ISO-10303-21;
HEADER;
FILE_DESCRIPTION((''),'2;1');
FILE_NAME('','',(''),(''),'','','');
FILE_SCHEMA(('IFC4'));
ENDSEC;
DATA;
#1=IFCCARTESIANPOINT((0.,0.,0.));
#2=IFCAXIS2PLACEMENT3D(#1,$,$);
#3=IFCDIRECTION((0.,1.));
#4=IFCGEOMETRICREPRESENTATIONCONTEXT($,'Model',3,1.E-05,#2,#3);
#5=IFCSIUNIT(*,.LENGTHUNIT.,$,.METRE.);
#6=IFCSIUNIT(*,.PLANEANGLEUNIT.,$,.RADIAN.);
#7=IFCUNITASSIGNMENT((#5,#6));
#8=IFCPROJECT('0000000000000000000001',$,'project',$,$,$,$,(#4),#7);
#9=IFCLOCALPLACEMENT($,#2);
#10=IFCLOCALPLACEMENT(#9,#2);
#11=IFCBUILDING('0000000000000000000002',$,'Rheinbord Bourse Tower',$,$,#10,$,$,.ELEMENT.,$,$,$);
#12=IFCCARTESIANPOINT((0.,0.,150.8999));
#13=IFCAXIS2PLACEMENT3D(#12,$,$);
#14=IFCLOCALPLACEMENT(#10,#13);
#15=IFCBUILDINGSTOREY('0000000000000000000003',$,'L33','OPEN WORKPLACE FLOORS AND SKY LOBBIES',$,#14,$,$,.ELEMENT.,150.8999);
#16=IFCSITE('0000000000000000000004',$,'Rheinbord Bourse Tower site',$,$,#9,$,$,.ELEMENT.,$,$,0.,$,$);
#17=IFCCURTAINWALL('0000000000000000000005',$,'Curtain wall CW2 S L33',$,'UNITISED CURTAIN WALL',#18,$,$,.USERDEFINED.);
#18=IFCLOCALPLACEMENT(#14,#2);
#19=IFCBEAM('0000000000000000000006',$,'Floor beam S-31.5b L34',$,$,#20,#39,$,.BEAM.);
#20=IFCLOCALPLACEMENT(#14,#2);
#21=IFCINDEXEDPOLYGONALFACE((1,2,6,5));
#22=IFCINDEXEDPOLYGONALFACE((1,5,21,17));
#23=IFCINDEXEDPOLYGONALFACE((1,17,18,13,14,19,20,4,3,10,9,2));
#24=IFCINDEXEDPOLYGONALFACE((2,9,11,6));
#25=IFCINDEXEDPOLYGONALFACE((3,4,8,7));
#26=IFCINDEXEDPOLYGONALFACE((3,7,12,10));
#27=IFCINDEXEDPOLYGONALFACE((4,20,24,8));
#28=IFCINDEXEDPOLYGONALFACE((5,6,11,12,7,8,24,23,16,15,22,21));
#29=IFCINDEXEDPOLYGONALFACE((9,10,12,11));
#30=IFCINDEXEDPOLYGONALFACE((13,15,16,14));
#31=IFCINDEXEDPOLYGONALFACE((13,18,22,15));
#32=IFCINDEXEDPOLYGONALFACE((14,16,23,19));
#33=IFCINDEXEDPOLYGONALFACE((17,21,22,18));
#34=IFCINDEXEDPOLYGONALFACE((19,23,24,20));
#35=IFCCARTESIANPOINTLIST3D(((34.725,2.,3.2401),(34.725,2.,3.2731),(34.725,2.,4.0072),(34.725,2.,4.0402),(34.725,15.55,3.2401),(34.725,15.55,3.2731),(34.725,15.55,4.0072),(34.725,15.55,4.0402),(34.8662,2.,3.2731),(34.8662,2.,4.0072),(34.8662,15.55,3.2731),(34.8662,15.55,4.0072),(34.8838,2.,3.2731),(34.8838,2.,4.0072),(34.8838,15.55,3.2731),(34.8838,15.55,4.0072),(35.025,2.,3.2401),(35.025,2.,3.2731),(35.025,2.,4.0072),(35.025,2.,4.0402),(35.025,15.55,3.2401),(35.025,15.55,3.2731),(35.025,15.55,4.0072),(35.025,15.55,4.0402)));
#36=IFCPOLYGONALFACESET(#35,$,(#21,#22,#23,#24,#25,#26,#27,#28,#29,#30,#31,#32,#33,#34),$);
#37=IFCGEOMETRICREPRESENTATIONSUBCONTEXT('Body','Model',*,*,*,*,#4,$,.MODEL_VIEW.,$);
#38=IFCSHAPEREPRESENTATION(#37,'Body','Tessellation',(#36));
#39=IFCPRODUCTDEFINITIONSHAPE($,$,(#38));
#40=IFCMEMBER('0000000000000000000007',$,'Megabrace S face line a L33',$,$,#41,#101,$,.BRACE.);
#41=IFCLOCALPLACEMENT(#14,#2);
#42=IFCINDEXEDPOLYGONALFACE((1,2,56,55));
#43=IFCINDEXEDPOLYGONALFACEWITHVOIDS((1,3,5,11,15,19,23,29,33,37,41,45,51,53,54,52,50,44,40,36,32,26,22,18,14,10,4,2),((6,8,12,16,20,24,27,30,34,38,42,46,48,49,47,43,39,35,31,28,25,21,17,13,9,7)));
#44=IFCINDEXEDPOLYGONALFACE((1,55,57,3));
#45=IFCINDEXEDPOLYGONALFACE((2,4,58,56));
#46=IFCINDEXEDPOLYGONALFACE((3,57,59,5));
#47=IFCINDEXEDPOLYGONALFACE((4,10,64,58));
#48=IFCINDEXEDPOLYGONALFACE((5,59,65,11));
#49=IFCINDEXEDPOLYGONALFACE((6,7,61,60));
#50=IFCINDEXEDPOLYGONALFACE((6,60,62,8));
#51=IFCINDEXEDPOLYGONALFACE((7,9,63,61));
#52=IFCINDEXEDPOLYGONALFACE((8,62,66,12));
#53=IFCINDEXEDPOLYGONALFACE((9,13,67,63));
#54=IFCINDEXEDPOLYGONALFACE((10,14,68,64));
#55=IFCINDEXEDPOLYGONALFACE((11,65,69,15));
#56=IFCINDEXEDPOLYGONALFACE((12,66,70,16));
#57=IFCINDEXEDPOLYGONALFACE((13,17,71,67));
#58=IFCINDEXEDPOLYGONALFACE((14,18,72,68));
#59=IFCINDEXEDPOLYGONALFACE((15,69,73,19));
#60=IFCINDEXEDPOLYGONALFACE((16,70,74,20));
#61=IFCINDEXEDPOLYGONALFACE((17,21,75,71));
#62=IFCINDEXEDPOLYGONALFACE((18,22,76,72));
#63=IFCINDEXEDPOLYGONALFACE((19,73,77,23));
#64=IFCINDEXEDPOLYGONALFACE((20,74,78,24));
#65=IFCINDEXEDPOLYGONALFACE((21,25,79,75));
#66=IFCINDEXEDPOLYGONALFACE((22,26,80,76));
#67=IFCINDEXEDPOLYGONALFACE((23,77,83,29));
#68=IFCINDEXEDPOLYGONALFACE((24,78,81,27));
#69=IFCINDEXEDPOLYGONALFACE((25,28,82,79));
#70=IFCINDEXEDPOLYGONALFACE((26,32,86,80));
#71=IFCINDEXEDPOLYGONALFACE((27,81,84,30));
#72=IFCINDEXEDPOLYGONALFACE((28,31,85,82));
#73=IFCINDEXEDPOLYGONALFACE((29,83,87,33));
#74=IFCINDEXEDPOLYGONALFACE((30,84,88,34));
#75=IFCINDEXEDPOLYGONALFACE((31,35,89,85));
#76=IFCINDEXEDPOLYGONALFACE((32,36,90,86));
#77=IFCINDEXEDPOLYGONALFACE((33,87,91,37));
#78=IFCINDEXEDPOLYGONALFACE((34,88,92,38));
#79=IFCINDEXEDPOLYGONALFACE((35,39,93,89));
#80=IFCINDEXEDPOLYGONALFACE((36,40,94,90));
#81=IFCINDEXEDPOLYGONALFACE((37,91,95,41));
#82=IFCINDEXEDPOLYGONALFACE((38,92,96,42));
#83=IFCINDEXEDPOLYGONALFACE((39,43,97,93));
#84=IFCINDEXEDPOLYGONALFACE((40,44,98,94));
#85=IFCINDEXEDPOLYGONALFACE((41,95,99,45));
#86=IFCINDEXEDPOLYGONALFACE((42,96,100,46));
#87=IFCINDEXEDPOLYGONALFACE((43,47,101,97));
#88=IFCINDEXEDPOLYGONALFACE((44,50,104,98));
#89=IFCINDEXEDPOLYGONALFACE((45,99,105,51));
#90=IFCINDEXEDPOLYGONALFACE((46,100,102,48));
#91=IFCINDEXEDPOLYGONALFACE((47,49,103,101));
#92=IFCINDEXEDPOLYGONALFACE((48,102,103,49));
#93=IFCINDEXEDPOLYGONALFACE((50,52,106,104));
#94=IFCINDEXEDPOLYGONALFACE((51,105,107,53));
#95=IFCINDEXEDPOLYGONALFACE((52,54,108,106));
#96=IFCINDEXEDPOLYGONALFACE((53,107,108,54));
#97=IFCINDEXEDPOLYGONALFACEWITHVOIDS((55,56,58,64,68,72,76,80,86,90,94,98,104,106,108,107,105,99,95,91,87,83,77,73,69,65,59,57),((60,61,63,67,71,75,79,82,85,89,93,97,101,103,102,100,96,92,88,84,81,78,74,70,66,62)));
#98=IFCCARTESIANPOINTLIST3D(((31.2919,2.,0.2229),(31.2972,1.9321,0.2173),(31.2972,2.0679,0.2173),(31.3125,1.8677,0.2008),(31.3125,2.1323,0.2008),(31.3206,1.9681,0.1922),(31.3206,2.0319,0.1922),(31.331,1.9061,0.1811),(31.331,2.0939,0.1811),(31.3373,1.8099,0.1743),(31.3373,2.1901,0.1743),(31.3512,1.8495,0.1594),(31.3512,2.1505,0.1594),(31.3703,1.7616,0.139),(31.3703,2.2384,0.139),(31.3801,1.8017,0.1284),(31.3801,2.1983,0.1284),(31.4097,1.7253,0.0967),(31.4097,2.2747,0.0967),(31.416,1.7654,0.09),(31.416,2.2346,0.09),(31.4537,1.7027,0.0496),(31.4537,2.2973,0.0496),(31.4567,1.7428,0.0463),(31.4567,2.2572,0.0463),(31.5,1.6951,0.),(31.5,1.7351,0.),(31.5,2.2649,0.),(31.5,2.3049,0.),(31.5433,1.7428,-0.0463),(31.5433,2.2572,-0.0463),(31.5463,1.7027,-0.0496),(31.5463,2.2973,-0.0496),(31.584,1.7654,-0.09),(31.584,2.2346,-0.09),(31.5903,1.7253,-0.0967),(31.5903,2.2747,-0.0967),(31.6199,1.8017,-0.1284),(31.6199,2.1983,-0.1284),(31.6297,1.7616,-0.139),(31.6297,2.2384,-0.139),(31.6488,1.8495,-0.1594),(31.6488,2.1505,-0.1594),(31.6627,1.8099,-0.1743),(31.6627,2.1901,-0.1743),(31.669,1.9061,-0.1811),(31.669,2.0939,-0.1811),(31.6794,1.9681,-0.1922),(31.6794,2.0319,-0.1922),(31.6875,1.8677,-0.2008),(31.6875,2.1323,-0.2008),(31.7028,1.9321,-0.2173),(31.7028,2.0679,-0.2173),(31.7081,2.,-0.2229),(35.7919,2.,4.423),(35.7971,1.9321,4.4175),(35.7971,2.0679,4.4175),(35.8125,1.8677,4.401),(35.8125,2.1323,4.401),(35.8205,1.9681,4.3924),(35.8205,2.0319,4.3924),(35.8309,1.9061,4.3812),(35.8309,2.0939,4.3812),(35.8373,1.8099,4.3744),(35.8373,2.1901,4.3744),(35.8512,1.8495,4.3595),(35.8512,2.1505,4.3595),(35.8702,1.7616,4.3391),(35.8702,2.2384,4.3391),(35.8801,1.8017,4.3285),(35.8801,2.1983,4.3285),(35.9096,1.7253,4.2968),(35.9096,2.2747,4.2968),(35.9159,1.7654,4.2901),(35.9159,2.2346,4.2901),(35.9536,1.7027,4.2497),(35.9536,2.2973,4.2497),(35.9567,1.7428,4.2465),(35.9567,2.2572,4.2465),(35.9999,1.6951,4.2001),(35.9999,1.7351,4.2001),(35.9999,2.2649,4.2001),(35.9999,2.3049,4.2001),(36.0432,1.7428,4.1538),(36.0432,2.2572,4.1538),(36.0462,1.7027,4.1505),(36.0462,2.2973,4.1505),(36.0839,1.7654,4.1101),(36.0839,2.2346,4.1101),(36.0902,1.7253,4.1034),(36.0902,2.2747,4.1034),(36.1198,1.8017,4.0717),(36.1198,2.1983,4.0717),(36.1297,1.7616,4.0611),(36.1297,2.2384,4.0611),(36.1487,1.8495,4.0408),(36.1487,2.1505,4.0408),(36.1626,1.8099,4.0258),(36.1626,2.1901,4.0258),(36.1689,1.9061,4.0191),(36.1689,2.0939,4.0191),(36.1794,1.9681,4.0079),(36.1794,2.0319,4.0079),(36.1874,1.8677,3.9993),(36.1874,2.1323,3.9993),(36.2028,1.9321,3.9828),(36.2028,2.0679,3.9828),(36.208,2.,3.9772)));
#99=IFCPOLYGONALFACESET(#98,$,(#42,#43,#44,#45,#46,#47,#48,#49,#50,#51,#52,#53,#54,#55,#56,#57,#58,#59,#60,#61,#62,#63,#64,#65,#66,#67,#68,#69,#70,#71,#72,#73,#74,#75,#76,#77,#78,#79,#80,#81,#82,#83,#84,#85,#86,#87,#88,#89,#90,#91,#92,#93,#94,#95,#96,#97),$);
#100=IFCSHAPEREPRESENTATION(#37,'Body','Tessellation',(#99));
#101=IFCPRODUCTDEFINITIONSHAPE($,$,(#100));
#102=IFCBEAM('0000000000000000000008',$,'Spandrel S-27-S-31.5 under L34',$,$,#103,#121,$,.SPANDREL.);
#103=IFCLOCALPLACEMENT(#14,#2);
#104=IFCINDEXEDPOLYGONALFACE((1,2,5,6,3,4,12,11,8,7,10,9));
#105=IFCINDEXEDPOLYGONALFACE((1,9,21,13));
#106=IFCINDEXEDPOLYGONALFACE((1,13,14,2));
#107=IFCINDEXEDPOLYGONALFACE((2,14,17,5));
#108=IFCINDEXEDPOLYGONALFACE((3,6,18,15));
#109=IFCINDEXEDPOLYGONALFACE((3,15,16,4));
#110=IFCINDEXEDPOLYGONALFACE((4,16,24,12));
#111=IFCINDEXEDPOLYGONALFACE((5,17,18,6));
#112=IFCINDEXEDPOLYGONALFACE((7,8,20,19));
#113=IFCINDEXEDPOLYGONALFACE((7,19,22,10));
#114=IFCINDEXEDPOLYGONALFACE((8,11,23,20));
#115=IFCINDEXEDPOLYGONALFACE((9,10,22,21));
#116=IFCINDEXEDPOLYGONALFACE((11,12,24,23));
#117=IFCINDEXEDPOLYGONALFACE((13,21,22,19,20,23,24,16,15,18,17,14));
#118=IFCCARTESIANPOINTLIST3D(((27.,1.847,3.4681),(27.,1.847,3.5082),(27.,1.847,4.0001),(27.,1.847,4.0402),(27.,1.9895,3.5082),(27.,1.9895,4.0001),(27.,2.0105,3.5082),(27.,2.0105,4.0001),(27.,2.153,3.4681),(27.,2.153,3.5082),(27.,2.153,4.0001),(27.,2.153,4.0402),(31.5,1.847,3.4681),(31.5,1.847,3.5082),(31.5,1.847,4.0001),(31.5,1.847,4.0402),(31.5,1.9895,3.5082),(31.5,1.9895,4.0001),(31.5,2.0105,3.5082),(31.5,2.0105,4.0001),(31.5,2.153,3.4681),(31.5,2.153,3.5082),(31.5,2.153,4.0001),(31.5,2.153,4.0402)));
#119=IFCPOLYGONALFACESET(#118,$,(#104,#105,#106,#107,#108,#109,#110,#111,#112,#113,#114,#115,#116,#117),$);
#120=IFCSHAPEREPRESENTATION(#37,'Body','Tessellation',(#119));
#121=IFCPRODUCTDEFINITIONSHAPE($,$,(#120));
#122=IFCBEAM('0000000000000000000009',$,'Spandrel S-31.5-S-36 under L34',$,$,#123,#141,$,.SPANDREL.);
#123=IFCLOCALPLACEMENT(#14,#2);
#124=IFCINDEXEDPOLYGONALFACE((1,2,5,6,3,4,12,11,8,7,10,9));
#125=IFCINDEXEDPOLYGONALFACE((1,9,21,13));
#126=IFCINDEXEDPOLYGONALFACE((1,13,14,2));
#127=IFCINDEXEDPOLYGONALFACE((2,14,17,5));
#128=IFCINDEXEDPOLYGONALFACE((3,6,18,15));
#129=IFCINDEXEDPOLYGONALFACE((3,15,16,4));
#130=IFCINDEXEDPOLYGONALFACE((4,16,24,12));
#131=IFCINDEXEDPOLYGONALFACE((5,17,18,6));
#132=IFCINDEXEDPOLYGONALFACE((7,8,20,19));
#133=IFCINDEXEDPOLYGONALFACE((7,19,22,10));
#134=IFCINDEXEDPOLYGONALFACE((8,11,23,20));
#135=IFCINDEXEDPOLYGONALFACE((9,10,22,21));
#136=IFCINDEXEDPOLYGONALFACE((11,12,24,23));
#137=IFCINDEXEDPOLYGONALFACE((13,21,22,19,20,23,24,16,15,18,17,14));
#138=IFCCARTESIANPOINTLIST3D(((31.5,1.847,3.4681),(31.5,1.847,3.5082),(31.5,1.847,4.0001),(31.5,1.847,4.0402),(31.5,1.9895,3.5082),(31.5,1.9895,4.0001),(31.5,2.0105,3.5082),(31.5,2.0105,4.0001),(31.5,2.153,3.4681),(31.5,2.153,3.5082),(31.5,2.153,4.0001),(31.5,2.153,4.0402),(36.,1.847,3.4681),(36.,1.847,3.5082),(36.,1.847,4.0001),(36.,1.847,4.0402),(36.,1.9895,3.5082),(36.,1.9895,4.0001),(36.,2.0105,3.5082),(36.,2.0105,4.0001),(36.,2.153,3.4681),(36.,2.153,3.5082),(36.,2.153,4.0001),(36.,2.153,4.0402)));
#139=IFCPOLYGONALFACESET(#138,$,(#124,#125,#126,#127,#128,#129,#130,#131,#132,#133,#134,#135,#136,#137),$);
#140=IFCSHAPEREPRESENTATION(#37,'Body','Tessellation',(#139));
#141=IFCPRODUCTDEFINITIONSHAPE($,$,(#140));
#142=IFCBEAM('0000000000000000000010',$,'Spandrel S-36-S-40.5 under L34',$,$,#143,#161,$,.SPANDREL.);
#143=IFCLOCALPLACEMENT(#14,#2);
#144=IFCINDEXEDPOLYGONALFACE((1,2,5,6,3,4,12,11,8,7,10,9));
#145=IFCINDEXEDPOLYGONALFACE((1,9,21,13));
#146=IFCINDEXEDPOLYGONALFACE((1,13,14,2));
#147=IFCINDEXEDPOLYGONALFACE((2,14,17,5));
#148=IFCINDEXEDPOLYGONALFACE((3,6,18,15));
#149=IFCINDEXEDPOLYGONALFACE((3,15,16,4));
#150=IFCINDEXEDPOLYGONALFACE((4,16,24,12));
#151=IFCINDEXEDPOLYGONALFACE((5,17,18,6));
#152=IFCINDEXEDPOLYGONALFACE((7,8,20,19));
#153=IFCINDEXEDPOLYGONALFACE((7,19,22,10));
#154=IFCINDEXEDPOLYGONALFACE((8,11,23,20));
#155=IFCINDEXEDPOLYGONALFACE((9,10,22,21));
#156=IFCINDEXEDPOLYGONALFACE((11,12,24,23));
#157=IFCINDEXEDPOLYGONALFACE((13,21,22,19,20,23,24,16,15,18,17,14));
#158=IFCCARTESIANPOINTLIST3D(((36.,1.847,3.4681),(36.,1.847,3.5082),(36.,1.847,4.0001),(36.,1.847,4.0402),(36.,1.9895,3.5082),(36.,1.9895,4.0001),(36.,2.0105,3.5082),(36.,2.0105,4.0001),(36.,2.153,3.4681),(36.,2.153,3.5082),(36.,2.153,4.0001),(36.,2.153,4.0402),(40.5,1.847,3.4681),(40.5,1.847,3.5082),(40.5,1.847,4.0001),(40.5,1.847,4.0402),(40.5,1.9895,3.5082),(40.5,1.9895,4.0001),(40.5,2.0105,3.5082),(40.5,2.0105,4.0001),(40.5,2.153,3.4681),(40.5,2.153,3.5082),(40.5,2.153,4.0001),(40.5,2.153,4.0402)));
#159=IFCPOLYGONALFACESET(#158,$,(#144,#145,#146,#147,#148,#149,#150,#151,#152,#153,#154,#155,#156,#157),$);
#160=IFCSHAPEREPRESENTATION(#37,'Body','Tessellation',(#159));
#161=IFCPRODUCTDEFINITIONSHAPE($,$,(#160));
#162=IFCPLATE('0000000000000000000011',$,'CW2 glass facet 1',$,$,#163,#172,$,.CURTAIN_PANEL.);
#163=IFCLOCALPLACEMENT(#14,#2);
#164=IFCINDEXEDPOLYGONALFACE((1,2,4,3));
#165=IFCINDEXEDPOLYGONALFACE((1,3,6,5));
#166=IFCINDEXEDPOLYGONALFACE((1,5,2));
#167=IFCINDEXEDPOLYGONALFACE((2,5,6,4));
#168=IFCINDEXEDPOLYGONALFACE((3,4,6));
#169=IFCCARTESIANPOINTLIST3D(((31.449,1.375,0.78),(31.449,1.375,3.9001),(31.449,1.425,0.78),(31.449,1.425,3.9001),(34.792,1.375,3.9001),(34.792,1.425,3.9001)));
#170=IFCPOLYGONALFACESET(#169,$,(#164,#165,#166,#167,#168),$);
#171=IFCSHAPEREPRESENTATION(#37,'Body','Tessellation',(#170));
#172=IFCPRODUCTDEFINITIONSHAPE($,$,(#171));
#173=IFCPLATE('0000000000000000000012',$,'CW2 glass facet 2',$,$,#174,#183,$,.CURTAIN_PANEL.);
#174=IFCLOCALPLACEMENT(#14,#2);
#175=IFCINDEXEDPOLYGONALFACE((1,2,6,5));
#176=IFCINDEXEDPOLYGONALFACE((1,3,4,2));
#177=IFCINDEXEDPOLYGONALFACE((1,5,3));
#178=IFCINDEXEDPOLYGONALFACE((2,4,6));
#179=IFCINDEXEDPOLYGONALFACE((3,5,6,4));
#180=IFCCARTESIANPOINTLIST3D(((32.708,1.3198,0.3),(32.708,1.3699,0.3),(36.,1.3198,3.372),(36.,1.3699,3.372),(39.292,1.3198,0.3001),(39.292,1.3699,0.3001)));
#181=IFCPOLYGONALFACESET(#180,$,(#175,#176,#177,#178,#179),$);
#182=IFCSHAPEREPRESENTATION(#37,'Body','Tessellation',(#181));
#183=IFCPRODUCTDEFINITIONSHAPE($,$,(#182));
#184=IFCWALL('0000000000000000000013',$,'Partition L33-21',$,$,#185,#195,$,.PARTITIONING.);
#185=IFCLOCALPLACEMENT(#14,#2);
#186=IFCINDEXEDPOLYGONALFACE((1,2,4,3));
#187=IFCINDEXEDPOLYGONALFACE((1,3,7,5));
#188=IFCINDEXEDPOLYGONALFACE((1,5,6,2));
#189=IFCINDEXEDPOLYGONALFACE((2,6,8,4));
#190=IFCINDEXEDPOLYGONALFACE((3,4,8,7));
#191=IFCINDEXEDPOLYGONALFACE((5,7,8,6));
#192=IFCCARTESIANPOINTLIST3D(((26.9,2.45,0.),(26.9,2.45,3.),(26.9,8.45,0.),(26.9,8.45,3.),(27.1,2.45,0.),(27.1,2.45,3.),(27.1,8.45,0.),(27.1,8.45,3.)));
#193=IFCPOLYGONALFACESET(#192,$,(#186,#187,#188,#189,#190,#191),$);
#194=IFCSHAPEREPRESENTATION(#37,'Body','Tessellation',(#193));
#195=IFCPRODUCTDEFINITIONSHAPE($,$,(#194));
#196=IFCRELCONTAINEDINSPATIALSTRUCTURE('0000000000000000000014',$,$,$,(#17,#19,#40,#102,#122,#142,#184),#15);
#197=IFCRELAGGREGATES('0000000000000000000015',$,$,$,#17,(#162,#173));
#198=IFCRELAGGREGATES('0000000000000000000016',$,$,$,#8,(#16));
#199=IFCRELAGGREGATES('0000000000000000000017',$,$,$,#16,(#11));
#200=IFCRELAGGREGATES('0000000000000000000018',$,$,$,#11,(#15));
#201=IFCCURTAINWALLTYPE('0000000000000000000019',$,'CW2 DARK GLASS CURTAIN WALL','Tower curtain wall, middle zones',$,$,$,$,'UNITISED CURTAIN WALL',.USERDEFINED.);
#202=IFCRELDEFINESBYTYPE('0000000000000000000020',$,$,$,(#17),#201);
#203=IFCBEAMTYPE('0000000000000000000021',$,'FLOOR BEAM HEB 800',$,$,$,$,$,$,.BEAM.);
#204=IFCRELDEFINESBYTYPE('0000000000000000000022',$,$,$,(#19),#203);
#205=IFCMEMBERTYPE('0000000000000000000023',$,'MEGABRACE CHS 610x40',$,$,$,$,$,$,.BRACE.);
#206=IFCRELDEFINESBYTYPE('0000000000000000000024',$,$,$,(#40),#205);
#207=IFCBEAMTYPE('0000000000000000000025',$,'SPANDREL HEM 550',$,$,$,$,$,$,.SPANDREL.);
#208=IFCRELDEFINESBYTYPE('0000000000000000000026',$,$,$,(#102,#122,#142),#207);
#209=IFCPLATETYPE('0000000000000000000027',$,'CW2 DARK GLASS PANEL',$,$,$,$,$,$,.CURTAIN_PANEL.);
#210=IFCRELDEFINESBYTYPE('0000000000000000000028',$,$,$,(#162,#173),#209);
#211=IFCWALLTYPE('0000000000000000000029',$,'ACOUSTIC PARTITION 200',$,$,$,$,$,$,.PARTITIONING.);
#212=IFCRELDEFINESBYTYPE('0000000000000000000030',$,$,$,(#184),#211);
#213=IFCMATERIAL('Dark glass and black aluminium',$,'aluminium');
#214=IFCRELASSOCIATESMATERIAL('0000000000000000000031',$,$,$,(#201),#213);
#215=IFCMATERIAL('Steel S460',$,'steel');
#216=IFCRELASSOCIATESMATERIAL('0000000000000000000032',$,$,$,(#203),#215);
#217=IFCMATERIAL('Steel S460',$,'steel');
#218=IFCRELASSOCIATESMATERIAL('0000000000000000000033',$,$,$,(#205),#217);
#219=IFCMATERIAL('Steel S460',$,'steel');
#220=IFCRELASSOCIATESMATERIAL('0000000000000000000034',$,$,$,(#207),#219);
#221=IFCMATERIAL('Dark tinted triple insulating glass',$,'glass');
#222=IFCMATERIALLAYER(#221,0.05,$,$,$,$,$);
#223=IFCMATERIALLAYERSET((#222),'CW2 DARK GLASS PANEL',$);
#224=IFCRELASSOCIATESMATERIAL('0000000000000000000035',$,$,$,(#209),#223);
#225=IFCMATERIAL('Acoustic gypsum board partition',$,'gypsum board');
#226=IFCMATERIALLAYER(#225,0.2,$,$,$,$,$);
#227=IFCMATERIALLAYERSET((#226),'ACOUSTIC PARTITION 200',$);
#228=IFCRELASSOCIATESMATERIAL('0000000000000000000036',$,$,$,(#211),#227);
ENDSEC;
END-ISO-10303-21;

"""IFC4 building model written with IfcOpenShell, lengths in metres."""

from ifc_helpers import new_model, si_unit, direction, frame, frame_2d, origin, origin_2d, place, context, subcontext, project, spatial, polyline, rectangle, hollow_circle, i_section, outline, extrude, material, layer, layer_set, material_profile, profile_set, type_object, element, aggregate, save


model = new_model("IFC4")

# Units and contexts
model_context = context("Model", 3, precision=1e-05, world=origin(), true_north=direction((0.0, 1.0)))
body_context = subcontext(model_context, "Body", "Model", "MODEL_VIEW")
ifc_project = project(units=[si_unit("LENGTHUNIT", "METRE"), si_unit("PLANEANGLEUNIT", "RADIAN")], contexts=[model_context])

# Site, building, storey
site_placement = place(None, origin())
site = spatial("IfcSite", under=ifc_project, at=site_placement, Name="Rheinbord Bourse Tower site", CompositionType="ELEMENT", RefElevation=0.0)
building_placement = place(site_placement, origin())
building = spatial("IfcBuilding", under=site, at=building_placement, Name="Rheinbord Bourse Tower", CompositionType="ELEMENT")
storey_placement = place(building_placement, frame((0.0, 0.0, 150.8999)))
storey = spatial("IfcBuildingStorey", under=building, at=storey_placement, Name="L33", Description="OPEN WORKPLACE FLOORS AND SKY LOBBIES", CompositionType="ELEMENT", Elevation=150.8999)

# Curtain wall
ifc_material_1 = material(Name="Dark glass and black aluminium", Category="aluminium")
curtain_wall_type = type_object("IfcCurtainWallType", Name="CW2 DARK GLASS CURTAIN WALL", Description="Tower curtain wall, middle zones", ElementType="UNITISED CURTAIN WALL", PredefinedType="USERDEFINED", material=ifc_material_1)
curtain_wall_placement = place(storey_placement, origin())
curtain_wall = element("IfcCurtainWall", 1, at=curtain_wall_placement, inside=storey, type_object=curtain_wall_type, Name="Curtain wall CW2 S L33", ObjectType="UNITISED CURTAIN WALL", PredefinedType="USERDEFINED")

# Beam
ifc_material_2 = material(Name="Steel S460", Category="steel")
ifc_material_profile_1 = material_profile(ifc_material_2, i_section(OverallWidth=0.3, OverallDepth=0.8, WebThickness=0.0176, FlangeThickness=0.033, at=origin_2d()), Name="HEB 800")
ifc_profile_set_1 = profile_set([ifc_material_profile_1], Name="Steel S460")
beam_type_1 = type_object("IfcBeamType", Name="FLOOR BEAM HEB 800", PredefinedType="BEAM", material=ifc_profile_set_1)
for number, where, z_axis, x_axis, name in (
    (2, (34.875, 2.0, 3.6401), (0.0, 1.0, 0.0), (-1.0, 0.0, 0.0), "Floor beam S-31.5b L34"),
):
    element("IfcBeam", number, at=place(storey_placement, frame(where, z_axis=z_axis, x_axis=x_axis)), inside=storey, type_object=beam_type_1, Name=name, PredefinedType="BEAM", context=body_context, shape_type="SweptSolid", body=[
        extrude(i_section(OverallWidth=0.3, OverallDepth=0.8, WebThickness=0.0176, FlangeThickness=0.033, at=origin_2d()), origin(), (0.0, 0.0, 1.0), 13.55),
    ])

# Member
ifc_material_3 = material(Name="Steel S460", Category="steel")
ifc_material_profile_2 = material_profile(ifc_material_3, hollow_circle(Radius=0.3049, WallThickness=0.04, at=origin_2d()), Name="CHS 610x40")
ifc_profile_set_2 = profile_set([ifc_material_profile_2], Name="Steel S460")
member_type_1 = type_object("IfcMemberType", Name="MEGABRACE CHS 610x40", PredefinedType="BRACE", material=ifc_profile_set_2)
member_1_placement = place(storey_placement, frame((31.5, 2.0, 0.0), z_axis=(0.731039, 0.0, 0.682335), x_axis=(0.0, 1.0, 0.0)))
element("IfcMember", 3, at=member_1_placement, inside=storey, type_object=member_type_1, Name="Megabrace S face line a L33", PredefinedType="BRACE", context=body_context, shape_type="SweptSolid", body=[
    extrude(hollow_circle(Radius=0.3049, WallThickness=0.04, at=origin_2d()), origin(), (0.0, 0.0, 1.0), 6.1555),
])

# Beams
ifc_material_4 = material(Name="Steel S460", Category="steel")
ifc_material_profile_3 = material_profile(ifc_material_4, i_section(OverallWidth=0.3059, OverallDepth=0.572, WebThickness=0.021, FlangeThickness=0.04, at=origin_2d()), Name="HEM 550")
ifc_profile_set_3 = profile_set([ifc_material_profile_3], Name="Steel S460")
beam_type_2 = type_object("IfcBeamType", Name="SPANDREL HEM 550", PredefinedType="SPANDREL", material=ifc_profile_set_3)
for number, where, z_axis, x_axis, name in (
    (4, (27.0, 2.0, 3.7542), (1.0, 0.0, 0.0), (0.0, 1.0, 0.0), "Spandrel S-27-S-31.5 under L34"),
    (5, (31.5, 2.0, 3.7542), (1.0, 0.0, 0.0), (0.0, 1.0, 0.0), "Spandrel S-31.5-S-36 under L34"),
    (6, (36.0, 2.0, 3.7542), (1.0, 0.0, 0.0), (0.0, 1.0, 0.0), "Spandrel S-36-S-40.5 under L34"),
):
    element("IfcBeam", number, at=place(storey_placement, frame(where, z_axis=z_axis, x_axis=x_axis)), inside=storey, type_object=beam_type_2, Name=name, PredefinedType="SPANDREL", context=body_context, shape_type="SweptSolid", body=[
        extrude(i_section(OverallWidth=0.3059, OverallDepth=0.572, WebThickness=0.021, FlangeThickness=0.04, at=origin_2d()), origin(), (0.0, 0.0, 1.0), 4.5),
    ])

# Plates
ifc_material_5 = material(Name="Dark tinted triple insulating glass", Category="glass")
ifc_layer_1 = layer(ifc_material_5, 0.05)
ifc_layer_set_1 = layer_set([ifc_layer_1], Name="CW2 DARK GLASS PANEL")
plate_type = type_object("IfcPlateType", Name="CW2 DARK GLASS PANEL", PredefinedType="CURTAIN_PANEL", material=ifc_layer_set_1)
plate_1_placement = place(storey_placement, frame((31.449, 1.375, 3.9001), z_axis=(0.0, 1.0, 0.0), x_axis=(1.0, 0.0, 0.0)))
plate_1 = element("IfcPlate", 7, at=plate_1_placement, type_object=plate_type, Name="CW2 glass facet 1", PredefinedType="CURTAIN_PANEL", context=body_context, shape_type="SweptSolid", body=[
    extrude(outline(polyline([(0.0, 0.0), (3.343, 0.0), (0.0, 3.1201), (0.0, 0.0)])), origin(), (0.0, 0.0, 1.0), 0.05),
])
plate_2_placement = place(storey_placement, frame((32.708, 1.3198, 0.3), z_axis=(0.0, 1.0, 0.0), x_axis=(0.731111, 0.0, 0.682258)))
plate_2 = element("IfcPlate", 8, at=plate_2_placement, type_object=plate_type, Name="CW2 glass facet 2", PredefinedType="CURTAIN_PANEL", context=body_context, shape_type="SweptSolid", body=[
    extrude(outline(polyline([(0.0, 0.0), (4.5027, 0.0), (4.8137, 4.4919), (0.0, 0.0)])), origin(), (0.0, 0.0, 1.0), 0.05),
])
aggregate(curtain_wall, [plate_1, plate_2])

# Wall
ifc_material_6 = material(Name="Acoustic gypsum board partition", Category="gypsum board")
ifc_layer_2 = layer(ifc_material_6, 0.2)
ifc_layer_set_2 = layer_set([ifc_layer_2], Name="ACOUSTIC PARTITION 200")
wall_type_1 = type_object("IfcWallType", Name="ACOUSTIC PARTITION 200", PredefinedType="PARTITIONING", material=ifc_layer_set_2)
wall_1_placement = place(storey_placement, frame((27.0, 2.45, 0.0), z_axis=(0.0, 0.0, 1.0), x_axis=(0.0, 1.0, 0.0)))
element("IfcWall", 9, at=wall_1_placement, inside=storey, type_object=wall_type_1, Name="Partition L33-21", PredefinedType="PARTITIONING", context=body_context, shape_type="SweptSolid", body=[
    extrude(rectangle(XDim=6.0, YDim=0.2, at=frame_2d((3.0, 0.0))), origin(), (0.0, 0.0, 1.0), 3.0),
])

save(model, "model.ifc")
